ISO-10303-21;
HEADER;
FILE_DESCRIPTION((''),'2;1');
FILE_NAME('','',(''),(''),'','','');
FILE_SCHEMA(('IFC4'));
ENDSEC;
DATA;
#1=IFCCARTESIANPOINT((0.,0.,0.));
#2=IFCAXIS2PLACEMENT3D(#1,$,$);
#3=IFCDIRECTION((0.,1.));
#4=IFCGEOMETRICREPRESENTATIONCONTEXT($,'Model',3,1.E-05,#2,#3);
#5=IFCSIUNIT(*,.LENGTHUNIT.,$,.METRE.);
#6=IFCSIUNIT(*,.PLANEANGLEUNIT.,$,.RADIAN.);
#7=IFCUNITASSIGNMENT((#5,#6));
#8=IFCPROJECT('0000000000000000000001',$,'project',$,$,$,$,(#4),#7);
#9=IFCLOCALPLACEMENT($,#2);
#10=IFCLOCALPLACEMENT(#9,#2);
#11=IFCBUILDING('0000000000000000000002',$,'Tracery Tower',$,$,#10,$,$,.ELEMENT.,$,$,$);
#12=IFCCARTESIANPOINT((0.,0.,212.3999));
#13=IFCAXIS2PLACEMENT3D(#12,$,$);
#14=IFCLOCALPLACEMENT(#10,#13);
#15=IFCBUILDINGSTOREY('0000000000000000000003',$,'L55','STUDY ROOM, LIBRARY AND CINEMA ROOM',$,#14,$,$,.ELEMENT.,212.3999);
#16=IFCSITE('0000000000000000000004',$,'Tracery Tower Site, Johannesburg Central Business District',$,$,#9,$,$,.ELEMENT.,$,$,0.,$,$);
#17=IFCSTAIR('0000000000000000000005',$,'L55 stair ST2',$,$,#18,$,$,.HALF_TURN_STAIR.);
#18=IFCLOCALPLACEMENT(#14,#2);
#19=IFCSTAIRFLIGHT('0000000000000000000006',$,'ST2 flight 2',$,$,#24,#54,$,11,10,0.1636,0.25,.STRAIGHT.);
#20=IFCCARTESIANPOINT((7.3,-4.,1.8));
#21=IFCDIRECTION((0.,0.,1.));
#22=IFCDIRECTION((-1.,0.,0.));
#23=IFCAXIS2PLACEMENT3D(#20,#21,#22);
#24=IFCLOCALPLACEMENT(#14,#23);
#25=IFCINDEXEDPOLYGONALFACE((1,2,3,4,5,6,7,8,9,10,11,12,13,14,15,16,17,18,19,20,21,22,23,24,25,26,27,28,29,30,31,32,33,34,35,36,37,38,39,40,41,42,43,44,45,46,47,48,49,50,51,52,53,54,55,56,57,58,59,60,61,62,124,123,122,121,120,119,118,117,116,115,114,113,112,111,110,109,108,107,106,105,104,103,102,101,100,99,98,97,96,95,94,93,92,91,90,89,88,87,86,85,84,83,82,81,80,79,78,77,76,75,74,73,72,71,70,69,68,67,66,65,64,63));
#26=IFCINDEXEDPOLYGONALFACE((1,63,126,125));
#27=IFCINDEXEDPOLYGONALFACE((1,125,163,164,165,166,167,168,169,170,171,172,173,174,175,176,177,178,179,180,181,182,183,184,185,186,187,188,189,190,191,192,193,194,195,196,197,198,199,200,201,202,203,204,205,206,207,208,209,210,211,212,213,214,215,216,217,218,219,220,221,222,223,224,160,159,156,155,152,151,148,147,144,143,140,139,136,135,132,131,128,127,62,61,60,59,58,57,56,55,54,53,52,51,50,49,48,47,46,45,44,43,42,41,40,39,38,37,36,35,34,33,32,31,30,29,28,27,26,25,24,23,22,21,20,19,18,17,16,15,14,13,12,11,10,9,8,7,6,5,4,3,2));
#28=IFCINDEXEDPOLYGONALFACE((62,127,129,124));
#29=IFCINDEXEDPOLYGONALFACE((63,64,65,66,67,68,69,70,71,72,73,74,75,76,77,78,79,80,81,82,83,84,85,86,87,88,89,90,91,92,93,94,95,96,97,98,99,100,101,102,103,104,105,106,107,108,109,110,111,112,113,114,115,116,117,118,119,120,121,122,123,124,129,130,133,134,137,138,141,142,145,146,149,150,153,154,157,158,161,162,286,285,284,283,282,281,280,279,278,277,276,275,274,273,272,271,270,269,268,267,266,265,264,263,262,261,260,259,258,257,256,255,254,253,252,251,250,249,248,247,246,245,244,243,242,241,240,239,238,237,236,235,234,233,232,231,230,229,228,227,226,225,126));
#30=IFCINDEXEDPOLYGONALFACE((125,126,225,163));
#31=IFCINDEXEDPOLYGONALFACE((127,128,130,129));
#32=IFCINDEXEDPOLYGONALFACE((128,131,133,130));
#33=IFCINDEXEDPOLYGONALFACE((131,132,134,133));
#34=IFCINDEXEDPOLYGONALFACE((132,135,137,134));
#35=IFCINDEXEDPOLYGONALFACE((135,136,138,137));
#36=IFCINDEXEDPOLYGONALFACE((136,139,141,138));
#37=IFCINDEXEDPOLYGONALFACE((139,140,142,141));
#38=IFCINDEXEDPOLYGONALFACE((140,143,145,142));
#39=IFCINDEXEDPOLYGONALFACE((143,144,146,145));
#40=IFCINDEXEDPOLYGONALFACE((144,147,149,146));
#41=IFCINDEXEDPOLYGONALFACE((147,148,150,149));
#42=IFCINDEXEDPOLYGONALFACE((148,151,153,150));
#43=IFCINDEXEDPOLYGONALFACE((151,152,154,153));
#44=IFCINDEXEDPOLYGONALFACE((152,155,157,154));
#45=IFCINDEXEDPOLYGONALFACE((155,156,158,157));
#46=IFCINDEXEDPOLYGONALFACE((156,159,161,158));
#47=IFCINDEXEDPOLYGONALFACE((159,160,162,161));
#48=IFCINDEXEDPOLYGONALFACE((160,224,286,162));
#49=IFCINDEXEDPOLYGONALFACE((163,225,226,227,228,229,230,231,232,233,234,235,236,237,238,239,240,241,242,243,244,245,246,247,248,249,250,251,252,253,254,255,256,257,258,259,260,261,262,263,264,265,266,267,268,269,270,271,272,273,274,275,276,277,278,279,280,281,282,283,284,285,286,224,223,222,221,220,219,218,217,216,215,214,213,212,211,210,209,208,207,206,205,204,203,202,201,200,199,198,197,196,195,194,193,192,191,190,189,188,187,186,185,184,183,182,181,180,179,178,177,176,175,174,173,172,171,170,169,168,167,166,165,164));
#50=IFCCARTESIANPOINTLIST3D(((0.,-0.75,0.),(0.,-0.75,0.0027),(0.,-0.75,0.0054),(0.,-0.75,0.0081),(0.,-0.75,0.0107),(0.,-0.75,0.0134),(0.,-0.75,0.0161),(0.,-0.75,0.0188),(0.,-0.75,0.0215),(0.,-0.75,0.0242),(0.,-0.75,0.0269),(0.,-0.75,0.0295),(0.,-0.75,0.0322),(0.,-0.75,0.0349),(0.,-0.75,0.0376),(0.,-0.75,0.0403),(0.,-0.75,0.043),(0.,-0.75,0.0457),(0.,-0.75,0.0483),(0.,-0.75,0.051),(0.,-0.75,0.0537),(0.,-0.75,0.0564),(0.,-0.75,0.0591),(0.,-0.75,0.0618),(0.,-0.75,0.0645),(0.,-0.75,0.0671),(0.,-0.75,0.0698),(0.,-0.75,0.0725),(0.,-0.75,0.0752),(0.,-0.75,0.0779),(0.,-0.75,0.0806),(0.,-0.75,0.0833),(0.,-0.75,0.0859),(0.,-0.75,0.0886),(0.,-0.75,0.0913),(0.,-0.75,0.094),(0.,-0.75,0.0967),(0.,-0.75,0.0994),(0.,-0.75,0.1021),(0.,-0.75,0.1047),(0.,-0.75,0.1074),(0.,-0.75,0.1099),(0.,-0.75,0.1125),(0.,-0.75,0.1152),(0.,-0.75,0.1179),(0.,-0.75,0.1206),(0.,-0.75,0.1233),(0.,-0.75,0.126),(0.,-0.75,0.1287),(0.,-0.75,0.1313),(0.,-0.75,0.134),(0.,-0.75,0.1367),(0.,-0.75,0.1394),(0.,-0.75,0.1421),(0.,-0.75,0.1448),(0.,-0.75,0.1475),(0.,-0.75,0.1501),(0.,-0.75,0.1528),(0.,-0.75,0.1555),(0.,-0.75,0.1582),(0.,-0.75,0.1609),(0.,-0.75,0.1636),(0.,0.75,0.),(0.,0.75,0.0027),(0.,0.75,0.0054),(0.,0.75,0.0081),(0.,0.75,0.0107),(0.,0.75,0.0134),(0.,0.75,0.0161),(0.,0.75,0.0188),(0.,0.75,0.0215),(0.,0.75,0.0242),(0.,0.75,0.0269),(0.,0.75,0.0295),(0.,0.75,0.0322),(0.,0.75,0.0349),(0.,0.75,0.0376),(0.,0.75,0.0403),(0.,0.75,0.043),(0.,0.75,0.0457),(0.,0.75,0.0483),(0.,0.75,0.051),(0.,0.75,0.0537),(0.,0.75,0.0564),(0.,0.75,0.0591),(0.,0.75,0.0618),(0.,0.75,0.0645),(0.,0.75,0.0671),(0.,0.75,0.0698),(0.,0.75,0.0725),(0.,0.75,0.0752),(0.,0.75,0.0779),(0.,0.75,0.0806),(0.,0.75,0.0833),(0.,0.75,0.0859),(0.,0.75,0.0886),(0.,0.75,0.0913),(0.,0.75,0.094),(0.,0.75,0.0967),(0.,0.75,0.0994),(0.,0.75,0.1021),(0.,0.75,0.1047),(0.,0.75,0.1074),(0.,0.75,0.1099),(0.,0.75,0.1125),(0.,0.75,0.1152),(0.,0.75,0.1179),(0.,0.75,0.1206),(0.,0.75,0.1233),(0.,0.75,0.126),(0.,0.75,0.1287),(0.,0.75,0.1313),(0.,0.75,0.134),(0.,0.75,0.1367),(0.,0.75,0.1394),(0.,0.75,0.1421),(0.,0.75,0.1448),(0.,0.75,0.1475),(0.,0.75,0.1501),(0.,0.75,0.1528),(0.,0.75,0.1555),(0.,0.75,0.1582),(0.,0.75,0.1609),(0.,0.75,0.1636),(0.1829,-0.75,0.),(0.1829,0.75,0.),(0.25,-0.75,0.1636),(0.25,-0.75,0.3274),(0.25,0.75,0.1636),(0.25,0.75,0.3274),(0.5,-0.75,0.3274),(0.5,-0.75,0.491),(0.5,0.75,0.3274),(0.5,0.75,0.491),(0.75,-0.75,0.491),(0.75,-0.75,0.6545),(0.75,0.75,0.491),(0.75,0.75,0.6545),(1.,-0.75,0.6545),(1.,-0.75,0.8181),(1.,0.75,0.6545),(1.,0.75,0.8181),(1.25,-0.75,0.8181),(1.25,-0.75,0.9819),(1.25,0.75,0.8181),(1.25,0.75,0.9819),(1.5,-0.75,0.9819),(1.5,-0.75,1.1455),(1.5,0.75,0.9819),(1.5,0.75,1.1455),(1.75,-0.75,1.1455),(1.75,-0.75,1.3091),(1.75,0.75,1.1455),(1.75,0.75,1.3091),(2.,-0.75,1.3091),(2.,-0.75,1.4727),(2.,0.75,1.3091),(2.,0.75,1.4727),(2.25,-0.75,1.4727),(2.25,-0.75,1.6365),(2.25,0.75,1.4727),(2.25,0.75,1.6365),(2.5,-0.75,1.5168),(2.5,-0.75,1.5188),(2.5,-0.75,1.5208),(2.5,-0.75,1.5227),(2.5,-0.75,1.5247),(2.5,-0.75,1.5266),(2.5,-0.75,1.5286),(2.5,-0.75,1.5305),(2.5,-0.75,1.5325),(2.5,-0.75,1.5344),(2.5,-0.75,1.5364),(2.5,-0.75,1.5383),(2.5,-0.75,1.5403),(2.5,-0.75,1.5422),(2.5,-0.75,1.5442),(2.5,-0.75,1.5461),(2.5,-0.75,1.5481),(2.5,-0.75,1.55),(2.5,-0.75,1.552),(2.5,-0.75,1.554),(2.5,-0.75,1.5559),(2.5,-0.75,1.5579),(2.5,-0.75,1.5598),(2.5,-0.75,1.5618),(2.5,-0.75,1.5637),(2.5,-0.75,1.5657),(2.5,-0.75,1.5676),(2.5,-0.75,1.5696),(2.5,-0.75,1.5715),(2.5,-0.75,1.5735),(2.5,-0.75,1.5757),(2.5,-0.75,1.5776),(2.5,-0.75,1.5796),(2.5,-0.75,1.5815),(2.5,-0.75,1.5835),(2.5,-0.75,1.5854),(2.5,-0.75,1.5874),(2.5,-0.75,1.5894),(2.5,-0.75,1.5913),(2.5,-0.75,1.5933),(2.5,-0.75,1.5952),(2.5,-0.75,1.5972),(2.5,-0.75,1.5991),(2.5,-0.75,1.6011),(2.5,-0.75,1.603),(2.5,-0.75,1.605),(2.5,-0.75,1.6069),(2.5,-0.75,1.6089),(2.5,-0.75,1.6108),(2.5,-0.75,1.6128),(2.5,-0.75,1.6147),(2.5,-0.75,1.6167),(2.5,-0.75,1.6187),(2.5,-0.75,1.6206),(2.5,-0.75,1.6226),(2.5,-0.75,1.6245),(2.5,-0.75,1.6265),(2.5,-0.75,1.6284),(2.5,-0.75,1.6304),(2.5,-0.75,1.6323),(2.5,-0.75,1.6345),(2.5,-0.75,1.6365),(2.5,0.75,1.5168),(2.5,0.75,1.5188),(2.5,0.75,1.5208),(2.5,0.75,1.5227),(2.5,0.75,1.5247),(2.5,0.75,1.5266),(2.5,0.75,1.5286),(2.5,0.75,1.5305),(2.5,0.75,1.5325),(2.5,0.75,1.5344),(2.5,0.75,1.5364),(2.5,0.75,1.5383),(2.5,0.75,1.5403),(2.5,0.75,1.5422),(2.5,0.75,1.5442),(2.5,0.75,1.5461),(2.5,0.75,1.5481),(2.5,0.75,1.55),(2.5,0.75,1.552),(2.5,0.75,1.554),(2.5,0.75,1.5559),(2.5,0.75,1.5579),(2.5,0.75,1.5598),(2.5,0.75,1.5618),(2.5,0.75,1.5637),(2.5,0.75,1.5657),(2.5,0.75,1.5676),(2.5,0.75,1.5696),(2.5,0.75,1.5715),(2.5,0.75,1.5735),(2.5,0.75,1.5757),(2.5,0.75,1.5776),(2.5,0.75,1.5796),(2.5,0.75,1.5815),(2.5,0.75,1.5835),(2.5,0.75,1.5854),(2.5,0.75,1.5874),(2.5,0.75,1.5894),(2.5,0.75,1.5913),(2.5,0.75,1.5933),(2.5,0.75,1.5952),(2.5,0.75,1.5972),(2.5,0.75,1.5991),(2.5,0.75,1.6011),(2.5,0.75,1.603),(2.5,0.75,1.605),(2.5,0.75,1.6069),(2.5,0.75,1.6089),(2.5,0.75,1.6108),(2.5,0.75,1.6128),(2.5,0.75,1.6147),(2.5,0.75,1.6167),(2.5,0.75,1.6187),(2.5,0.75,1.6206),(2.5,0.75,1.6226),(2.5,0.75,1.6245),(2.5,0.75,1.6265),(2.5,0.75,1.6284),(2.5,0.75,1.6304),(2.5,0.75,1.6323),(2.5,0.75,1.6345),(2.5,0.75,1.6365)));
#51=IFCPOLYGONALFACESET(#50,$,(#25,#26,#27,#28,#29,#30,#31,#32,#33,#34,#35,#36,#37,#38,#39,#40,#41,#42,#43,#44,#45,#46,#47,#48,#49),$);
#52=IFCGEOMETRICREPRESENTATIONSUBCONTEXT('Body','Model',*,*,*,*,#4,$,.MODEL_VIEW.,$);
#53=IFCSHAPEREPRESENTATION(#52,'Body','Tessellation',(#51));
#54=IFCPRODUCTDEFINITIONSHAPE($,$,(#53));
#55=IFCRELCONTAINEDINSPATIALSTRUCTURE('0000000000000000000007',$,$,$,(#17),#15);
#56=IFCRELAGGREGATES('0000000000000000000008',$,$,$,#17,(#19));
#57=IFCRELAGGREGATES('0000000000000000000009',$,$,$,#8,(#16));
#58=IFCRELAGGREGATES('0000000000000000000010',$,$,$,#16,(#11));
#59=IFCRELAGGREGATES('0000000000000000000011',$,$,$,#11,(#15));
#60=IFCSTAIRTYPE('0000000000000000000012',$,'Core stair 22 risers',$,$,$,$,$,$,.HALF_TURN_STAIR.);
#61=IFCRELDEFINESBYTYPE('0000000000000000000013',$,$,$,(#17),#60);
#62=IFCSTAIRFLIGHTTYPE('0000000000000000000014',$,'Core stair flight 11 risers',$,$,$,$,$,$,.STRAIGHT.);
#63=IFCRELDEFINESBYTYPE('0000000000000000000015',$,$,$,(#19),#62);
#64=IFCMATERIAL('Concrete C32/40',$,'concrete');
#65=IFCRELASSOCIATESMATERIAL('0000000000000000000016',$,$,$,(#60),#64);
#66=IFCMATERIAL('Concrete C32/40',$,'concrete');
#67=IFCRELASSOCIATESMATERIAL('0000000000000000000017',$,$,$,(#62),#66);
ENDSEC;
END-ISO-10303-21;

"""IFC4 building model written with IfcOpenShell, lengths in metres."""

from ifc_helpers import new_model, si_unit, direction, frame, origin, place, context, subcontext, project, spatial, polyline, outline, extrude, material, type_object, element, aggregate, save


model = new_model("IFC4")

# Units and contexts
model_context = context("Model", 3, precision=1e-05, world=origin(), true_north=direction((0.0, 1.0)))
body_context = subcontext(model_context, "Body", "Model", "MODEL_VIEW")
ifc_project = project(units=[si_unit("LENGTHUNIT", "METRE"), si_unit("PLANEANGLEUNIT", "RADIAN")], contexts=[model_context])

# Site, building, storey
site_placement = place(None, origin())
site = spatial("IfcSite", under=ifc_project, at=site_placement, Name="Tracery Tower Site, Johannesburg Central Business District", CompositionType="ELEMENT", RefElevation=0.0)
building_placement = place(site_placement, origin())
building = spatial("IfcBuilding", under=site, at=building_placement, Name="Tracery Tower", CompositionType="ELEMENT")
storey_placement = place(building_placement, frame((0.0, 0.0, 212.3999)))
storey = spatial("IfcBuildingStorey", under=building, at=storey_placement, Name="L55", Description="STUDY ROOM, LIBRARY AND CINEMA ROOM", CompositionType="ELEMENT", Elevation=212.3999)

# Shared definitions
ifc_material_1 = material(Name="Concrete C32/40", Category="concrete")
stair_type = type_object("IfcStairType", Name="Core stair 22 risers", PredefinedType="HALF_TURN_STAIR", material=ifc_material_1)

# Stair, stair flight
stair_1_placement = place(storey_placement, origin())
stair_1 = element("IfcStair", 1, at=stair_1_placement, inside=storey, type_object=stair_type, Name="L55 stair ST2", PredefinedType="HALF_TURN_STAIR")
ifc_material_2 = material(Name="Concrete C32/40", Category="concrete")
stair_flight_type = type_object("IfcStairFlightType", Name="Core stair flight 11 risers", PredefinedType="STRAIGHT", material=ifc_material_2)
stair_flight_1_placement = place(storey_placement, frame((7.3, -4.0, 1.8), z_axis=(0.0, 0.0, 1.0), x_axis=(-1.0, 0.0, 0.0)))
stair_flight_1 = element("IfcStairFlight", 2, at=stair_flight_1_placement, type_object=stair_flight_type, Name="ST2 flight 2", NumberOfRisers=11, NumberOfTreads=10, PredefinedType="STRAIGHT", RiserHeight=0.1636, TreadLength=0.25, context=body_context, shape_type="SweptSolid", body=[
    extrude(outline(polyline([(0.0, 0.0), (0.0, 0.0027), (0.0, 0.0054), (0.0, 0.0081), (0.0, 0.0107), (0.0, 0.0134), (0.0, 0.0161), (0.0, 0.0188), (0.0, 0.0215), (0.0, 0.0242), (0.0, 0.0269), (0.0, 0.0295), (0.0, 0.0322), (0.0, 0.0349), (0.0, 0.0376), (0.0, 0.0403), (0.0, 0.043), (0.0, 0.0457), (0.0, 0.0483), (0.0, 0.051), (0.0, 0.0537), (0.0, 0.0564), (0.0, 0.0591), (0.0, 0.0618), (0.0, 0.0645), (0.0, 0.0671), (0.0, 0.0698), (0.0, 0.0725), (0.0, 0.0752), (0.0, 0.0779), (0.0, 0.0806), (0.0, 0.0833), (0.0, 0.0859), (0.0, 0.0886), (0.0, 0.0913), (0.0, 0.094), (0.0, 0.0967), (0.0, 0.0994), (0.0, 0.1021), (0.0, 0.1047), (0.0, 0.1074), (0.0, 0.1099), (0.0, 0.1125), (0.0, 0.1152), (0.0, 0.1179), (0.0, 0.1206), (0.0, 0.1233), (0.0, 0.126), (0.0, 0.1287), (0.0, 0.1313), (0.0, 0.134), (0.0, 0.1367), (0.0, 0.1394), (0.0, 0.1421), (0.0, 0.1448), (0.0, 0.1475), (0.0, 0.1501), (0.0, 0.1528), (0.0, 0.1555), (0.0, 0.1582), (0.0, 0.1609), (0.0, 0.1636), (0.25, 0.1636), (0.25, 0.3274), (0.5, 0.3274), (0.5, 0.491), (0.75, 0.491), (0.75, 0.6545), (1.0, 0.6545), (1.0, 0.8181), (1.25, 0.8181), (1.25, 0.9819), (1.5, 0.9819), (1.5, 1.1455), (1.75, 1.1455), (1.75, 1.3091), (2.0, 1.3091), (2.0, 1.4727), (2.25, 1.4727), (2.25, 1.6365), (2.5, 1.6365), (2.5, 1.6345), (2.5, 1.6323), (2.5, 1.6304), (2.5, 1.6284), (2.5, 1.6265), (2.5, 1.6245), (2.5, 1.6226), (2.5, 1.6206), (2.5, 1.6187), (2.5, 1.6167), (2.5, 1.6147), (2.5, 1.6128), (2.5, 1.6108), (2.5, 1.6089), (2.5, 1.6069), (2.5, 1.605), (2.5, 1.603), (2.5, 1.6011), (2.5, 1.5991), (2.5, 1.5972), (2.5, 1.5952), (2.5, 1.5933), (2.5, 1.5913), (2.5, 1.5894), (2.5, 1.5874), (2.5, 1.5854), (2.5, 1.5835), (2.5, 1.5815), (2.5, 1.5796), (2.5, 1.5776), (2.5, 1.5757), (2.5, 1.5735), (2.5, 1.5715), (2.5, 1.5696), (2.5, 1.5676), (2.5, 1.5657), (2.5, 1.5637), (2.5, 1.5618), (2.5, 1.5598), (2.5, 1.5579), (2.5, 1.5559), (2.5, 1.554), (2.5, 1.552), (2.5, 1.55), (2.5, 1.5481), (2.5, 1.5461), (2.5, 1.5442), (2.5, 1.5422), (2.5, 1.5403), (2.5, 1.5383), (2.5, 1.5364), (2.5, 1.5344), (2.5, 1.5325), (2.5, 1.5305), (2.5, 1.5286), (2.5, 1.5266), (2.5, 1.5247), (2.5, 1.5227), (2.5, 1.5208), (2.5, 1.5188), (2.5, 1.5168), (0.1829, 0.0), (0.0, 0.0)])), frame((0.0, 0.75, 0.0), z_axis=(0.0, -1.0, 0.0), x_axis=(1.0, 0.0, 0.0)), (0.0, 0.0, 1.0), 1.5),
])
aggregate(stair_1, [stair_flight_1])

save(model, "model.ifc")
